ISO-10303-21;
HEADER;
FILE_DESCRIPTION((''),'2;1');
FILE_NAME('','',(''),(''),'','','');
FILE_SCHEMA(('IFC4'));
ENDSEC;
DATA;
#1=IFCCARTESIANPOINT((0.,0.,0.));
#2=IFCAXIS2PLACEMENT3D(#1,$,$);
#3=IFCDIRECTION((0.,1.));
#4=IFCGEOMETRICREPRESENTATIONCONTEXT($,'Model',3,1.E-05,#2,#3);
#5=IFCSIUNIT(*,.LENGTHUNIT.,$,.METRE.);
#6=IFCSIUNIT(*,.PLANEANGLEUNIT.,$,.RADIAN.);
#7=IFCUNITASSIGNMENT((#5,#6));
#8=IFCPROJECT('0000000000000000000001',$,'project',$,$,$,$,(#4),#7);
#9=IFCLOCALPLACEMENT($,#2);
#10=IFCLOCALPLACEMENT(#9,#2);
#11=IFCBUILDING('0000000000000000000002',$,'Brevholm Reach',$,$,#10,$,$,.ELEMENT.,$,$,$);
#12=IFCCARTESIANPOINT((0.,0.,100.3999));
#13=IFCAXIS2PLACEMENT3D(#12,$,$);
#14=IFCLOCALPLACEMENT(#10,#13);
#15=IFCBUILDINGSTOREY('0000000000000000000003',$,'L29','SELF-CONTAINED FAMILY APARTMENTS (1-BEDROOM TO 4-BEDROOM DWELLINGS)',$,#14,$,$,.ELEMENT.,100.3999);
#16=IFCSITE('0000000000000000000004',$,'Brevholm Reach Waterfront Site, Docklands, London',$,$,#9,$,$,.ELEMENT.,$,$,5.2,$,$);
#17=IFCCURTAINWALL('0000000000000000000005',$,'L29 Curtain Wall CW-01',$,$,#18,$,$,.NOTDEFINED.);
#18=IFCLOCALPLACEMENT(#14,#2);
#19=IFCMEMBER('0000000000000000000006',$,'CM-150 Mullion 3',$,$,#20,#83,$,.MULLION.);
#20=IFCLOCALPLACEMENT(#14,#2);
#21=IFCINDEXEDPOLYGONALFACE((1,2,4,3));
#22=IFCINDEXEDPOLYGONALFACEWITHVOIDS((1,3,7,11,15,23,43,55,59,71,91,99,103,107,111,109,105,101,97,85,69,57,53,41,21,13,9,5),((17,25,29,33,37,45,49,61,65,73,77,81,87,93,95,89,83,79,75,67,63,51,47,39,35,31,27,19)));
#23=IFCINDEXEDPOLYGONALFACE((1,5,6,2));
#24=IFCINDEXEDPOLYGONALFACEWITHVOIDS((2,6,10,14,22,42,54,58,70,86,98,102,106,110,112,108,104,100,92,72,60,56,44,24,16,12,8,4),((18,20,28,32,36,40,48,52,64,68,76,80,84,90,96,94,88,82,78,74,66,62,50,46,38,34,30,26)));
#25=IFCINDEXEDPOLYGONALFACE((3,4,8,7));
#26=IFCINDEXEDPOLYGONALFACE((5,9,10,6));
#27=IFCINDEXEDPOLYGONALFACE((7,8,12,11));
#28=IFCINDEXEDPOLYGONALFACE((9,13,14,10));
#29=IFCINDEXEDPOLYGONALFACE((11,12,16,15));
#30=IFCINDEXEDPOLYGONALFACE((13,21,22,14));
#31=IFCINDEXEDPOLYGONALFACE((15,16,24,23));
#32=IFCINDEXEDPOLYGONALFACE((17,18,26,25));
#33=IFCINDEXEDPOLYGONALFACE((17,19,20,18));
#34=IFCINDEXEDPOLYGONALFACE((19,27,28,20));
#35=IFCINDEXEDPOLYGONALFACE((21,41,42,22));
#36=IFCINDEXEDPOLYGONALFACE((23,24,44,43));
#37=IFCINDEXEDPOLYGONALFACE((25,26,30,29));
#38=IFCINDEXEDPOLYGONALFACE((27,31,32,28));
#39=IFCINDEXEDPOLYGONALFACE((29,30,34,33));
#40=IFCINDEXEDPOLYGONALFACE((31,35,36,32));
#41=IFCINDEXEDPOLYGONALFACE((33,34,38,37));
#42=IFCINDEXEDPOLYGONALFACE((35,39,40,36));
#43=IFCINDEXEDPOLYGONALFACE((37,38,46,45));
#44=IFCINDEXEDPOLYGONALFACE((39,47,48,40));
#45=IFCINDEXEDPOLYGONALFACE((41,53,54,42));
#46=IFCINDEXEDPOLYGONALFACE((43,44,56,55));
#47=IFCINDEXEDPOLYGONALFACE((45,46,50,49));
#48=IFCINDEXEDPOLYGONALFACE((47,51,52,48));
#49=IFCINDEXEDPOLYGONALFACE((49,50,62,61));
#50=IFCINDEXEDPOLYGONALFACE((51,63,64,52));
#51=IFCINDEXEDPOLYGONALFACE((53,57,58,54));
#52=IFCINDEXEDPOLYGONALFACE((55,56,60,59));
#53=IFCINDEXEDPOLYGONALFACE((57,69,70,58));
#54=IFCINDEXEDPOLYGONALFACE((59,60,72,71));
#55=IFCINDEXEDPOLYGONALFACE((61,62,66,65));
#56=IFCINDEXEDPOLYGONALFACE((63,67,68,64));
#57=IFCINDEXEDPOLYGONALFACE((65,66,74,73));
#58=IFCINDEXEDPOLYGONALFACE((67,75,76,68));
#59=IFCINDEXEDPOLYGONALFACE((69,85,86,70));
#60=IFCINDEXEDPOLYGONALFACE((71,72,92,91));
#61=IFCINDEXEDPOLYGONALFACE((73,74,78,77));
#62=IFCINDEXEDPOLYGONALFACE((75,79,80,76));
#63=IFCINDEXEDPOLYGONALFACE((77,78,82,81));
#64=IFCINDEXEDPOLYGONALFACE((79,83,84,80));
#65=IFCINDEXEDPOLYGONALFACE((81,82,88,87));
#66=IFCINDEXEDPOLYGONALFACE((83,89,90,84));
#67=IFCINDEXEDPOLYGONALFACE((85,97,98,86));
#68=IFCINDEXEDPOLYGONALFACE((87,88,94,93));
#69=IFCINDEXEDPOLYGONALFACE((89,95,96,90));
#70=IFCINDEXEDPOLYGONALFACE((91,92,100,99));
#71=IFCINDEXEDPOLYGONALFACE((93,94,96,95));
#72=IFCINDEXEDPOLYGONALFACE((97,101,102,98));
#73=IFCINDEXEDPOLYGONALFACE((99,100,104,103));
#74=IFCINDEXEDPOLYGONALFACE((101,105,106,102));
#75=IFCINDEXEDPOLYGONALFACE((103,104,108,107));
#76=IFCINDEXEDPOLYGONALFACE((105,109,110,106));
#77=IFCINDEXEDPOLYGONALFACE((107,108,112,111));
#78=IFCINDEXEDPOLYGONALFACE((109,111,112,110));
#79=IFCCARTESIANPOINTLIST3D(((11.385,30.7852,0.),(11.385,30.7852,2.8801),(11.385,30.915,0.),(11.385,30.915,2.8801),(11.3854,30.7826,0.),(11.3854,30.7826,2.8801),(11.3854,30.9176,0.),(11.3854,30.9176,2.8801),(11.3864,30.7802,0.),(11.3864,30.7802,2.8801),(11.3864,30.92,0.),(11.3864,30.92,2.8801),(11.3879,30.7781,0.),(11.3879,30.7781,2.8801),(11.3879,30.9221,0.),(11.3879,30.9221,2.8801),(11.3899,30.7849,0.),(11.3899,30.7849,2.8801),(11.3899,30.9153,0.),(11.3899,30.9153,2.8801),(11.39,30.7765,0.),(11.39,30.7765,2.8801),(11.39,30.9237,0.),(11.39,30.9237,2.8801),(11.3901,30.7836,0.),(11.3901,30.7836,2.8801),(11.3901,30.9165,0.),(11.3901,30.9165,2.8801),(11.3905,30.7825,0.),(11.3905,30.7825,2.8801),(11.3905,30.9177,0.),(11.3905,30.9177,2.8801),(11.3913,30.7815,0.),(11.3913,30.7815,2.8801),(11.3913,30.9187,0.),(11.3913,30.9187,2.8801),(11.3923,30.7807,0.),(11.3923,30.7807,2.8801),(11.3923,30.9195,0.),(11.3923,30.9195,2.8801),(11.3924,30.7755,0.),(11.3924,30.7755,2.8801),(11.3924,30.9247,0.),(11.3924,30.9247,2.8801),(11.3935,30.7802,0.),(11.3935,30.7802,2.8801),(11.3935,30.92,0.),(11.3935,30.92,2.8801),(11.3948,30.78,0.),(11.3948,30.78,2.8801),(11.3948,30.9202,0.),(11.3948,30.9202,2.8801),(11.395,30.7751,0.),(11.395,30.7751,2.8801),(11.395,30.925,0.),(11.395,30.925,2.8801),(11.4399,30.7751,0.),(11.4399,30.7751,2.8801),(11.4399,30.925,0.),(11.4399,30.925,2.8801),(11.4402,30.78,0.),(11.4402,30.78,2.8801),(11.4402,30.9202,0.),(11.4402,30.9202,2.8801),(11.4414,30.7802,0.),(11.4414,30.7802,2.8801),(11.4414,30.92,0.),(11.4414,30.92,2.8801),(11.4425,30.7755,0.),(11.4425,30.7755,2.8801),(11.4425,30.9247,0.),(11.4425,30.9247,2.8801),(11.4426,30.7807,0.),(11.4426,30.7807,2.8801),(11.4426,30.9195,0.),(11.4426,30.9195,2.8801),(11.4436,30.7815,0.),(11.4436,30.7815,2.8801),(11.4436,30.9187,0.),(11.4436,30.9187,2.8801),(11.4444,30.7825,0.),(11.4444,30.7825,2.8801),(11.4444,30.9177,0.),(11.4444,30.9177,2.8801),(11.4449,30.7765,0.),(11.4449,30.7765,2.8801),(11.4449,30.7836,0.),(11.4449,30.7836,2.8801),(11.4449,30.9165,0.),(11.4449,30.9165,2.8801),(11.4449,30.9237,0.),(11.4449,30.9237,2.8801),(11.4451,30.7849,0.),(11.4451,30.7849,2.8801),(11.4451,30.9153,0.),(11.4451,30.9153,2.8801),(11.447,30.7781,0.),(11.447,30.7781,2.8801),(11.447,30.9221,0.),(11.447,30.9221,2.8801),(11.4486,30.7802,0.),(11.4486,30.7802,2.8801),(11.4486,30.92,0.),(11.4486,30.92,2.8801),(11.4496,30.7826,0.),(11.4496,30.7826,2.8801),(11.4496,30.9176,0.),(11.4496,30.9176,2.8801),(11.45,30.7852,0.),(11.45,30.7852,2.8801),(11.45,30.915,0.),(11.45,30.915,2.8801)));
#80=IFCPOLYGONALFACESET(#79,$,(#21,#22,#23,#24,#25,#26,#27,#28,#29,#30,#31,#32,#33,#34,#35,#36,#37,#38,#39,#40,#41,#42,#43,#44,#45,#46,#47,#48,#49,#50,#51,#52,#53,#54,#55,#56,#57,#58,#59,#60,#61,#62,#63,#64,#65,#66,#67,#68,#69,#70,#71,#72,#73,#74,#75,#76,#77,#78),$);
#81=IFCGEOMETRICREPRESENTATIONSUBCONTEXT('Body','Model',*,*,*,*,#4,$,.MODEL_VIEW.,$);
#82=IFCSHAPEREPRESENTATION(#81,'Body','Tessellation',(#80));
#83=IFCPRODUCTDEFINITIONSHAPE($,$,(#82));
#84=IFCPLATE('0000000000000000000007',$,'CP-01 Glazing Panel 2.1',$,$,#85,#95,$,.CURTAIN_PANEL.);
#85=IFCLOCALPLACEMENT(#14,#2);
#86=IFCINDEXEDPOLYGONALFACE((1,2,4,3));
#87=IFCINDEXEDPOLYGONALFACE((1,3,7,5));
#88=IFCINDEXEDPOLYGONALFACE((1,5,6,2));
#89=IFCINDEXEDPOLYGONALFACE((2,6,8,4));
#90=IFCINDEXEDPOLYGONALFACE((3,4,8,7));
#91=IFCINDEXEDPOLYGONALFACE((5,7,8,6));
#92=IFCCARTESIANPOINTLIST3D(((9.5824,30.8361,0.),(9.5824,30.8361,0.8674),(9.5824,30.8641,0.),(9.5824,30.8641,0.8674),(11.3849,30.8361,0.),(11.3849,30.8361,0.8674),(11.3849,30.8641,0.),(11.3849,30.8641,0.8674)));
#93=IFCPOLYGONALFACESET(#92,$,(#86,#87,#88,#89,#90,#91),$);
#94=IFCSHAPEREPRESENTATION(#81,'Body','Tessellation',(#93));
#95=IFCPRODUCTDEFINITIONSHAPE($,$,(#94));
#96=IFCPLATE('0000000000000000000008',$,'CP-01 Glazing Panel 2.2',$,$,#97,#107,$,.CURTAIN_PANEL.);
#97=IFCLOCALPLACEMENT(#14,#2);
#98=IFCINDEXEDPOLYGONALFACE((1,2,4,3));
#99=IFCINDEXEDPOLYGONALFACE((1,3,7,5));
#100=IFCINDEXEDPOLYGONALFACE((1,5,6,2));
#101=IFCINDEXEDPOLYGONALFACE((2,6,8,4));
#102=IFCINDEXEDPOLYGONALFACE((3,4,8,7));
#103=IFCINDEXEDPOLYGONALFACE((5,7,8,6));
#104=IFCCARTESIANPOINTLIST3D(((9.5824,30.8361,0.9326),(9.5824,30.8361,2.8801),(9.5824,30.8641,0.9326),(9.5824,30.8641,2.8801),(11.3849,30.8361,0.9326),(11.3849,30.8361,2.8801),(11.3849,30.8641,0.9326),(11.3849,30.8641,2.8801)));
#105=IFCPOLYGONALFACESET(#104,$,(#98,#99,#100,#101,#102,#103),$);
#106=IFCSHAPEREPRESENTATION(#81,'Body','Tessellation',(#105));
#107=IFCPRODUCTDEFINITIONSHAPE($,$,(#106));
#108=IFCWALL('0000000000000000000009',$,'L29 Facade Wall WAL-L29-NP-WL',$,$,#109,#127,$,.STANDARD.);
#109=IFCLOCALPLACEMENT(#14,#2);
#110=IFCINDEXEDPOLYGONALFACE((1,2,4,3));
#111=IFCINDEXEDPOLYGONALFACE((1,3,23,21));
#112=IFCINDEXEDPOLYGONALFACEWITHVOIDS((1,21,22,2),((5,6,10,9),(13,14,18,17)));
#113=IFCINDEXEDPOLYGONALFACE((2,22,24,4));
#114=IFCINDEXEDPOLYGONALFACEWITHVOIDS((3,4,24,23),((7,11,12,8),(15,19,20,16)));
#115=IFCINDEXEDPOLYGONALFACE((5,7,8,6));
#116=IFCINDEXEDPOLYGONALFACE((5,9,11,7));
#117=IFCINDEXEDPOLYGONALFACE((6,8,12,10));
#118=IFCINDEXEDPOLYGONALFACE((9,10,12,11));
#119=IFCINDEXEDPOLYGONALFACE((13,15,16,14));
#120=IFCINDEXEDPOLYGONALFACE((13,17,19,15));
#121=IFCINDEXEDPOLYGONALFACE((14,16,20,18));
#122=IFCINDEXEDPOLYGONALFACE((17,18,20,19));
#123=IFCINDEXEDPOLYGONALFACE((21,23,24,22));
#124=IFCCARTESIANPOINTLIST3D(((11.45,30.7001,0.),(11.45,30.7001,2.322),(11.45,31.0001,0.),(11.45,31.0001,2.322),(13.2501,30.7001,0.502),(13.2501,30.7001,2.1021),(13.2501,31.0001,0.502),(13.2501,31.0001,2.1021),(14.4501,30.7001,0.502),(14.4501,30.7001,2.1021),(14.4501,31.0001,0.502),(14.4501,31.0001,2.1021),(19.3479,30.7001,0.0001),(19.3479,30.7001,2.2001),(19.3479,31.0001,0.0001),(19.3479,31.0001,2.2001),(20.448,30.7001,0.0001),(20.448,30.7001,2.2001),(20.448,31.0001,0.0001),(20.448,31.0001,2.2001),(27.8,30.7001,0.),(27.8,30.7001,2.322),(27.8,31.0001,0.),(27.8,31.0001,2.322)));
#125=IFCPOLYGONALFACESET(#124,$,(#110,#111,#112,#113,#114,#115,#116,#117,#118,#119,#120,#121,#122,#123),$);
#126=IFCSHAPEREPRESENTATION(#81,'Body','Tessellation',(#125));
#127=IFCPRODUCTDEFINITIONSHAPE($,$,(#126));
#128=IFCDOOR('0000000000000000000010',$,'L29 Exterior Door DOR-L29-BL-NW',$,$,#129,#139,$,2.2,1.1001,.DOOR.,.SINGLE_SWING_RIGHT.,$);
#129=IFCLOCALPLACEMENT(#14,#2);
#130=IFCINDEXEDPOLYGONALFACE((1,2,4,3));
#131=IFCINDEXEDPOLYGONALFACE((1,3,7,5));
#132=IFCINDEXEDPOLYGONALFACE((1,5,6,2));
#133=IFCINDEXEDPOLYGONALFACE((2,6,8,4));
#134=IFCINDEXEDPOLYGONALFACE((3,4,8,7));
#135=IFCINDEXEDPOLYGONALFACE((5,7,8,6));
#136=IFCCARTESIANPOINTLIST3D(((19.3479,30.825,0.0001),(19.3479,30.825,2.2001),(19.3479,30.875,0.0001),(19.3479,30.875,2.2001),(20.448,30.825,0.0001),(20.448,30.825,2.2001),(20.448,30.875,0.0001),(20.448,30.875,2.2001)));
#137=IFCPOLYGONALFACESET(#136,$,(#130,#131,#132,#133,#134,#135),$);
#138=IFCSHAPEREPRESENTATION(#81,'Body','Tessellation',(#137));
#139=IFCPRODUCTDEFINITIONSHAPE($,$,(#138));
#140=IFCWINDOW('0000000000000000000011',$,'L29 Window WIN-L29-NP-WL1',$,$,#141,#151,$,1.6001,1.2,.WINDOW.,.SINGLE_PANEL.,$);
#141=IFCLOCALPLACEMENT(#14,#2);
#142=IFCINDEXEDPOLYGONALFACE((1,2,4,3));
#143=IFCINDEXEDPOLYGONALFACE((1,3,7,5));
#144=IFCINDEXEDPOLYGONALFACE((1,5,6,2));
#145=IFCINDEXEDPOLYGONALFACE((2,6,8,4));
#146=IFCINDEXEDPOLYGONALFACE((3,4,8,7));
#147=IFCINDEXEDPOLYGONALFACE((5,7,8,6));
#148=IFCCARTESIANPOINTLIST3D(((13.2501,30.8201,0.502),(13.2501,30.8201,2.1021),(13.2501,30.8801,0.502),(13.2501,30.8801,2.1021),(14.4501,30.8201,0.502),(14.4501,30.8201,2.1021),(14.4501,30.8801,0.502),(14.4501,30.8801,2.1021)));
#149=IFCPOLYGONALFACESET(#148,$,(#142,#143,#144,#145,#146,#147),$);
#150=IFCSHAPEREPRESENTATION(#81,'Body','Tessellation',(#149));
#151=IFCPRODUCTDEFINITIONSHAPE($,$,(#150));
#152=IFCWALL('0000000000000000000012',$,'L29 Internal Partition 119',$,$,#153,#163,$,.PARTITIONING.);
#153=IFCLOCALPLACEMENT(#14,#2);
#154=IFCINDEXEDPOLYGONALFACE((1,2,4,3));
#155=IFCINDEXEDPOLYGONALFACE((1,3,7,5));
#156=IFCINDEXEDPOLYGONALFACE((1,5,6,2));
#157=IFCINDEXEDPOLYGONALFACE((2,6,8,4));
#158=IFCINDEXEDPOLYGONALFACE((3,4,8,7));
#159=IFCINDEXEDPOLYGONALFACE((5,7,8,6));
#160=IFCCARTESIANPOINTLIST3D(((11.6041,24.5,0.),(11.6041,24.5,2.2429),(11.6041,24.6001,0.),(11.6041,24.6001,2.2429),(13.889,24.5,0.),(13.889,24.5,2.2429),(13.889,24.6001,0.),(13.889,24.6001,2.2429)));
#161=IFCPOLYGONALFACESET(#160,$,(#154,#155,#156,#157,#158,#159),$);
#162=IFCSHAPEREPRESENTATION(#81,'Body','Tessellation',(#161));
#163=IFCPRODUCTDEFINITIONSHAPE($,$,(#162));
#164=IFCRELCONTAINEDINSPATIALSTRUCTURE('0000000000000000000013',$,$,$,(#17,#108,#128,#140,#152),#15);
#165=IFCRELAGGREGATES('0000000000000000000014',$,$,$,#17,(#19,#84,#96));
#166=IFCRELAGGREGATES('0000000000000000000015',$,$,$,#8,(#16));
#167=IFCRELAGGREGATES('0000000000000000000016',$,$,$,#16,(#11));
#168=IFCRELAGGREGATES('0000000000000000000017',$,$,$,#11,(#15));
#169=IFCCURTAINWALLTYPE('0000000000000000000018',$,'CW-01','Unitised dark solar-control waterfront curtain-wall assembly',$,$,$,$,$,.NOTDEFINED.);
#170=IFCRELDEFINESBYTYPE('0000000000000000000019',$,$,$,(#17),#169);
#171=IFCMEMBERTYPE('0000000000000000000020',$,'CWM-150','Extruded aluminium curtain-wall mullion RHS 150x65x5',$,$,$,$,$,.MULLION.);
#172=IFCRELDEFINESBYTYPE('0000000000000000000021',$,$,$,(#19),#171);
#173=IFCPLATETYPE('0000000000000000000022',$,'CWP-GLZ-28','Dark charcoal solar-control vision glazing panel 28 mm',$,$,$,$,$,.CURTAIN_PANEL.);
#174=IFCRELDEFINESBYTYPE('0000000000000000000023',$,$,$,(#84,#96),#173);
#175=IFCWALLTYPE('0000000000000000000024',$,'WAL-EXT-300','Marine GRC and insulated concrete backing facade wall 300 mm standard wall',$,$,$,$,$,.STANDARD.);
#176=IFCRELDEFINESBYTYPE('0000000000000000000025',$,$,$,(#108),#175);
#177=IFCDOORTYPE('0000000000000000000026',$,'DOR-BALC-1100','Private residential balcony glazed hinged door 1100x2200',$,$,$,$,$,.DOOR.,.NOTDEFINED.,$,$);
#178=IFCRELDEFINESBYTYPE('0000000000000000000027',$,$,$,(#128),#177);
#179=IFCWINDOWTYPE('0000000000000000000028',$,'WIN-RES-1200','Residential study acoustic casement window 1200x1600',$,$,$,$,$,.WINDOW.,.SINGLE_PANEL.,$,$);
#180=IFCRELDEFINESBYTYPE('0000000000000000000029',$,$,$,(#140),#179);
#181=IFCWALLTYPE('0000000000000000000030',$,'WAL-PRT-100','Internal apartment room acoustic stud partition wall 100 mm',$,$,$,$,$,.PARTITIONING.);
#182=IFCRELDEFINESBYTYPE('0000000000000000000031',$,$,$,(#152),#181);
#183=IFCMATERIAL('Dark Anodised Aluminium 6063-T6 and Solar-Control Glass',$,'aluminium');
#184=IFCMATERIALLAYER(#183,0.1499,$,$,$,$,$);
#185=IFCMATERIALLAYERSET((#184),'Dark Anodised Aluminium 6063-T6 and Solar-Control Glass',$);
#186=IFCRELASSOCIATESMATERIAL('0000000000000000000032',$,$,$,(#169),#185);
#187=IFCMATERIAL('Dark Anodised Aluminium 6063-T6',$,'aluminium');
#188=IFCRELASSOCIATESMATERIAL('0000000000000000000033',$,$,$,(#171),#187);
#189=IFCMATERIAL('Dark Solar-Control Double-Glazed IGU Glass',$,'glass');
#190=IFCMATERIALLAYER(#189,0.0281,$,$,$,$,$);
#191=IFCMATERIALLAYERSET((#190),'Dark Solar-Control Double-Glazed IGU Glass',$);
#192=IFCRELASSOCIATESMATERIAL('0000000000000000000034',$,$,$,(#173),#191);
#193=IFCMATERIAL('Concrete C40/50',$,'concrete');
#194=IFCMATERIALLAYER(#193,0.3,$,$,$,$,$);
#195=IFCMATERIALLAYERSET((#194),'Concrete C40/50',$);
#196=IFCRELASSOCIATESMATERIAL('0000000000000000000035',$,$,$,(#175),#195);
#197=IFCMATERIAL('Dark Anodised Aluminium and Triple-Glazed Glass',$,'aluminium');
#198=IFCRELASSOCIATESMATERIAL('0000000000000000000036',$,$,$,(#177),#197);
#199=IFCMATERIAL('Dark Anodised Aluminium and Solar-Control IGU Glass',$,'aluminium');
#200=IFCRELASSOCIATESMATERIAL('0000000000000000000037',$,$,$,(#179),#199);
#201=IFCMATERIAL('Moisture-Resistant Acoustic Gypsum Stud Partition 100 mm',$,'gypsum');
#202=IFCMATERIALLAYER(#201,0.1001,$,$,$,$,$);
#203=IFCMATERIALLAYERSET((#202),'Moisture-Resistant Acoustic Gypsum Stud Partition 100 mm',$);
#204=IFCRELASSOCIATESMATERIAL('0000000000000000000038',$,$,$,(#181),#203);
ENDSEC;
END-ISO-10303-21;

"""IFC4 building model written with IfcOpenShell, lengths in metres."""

from ifc_helpers import new_model, si_unit, direction, frame, frame_2d, origin, origin_2d, place, context, subcontext, project, spatial, rectangle, hollow_rectangle, extrude, material, layer, layer_set, material_profile, profile_set, type_object, element, fill, aggregate, save


model = new_model("IFC4")

# Units and contexts
model_context = context("Model", 3, precision=1e-05, world=origin(), true_north=direction((0.0, 1.0)))
body_context = subcontext(model_context, "Body", "Model", "MODEL_VIEW")
ifc_project = project(units=[si_unit("LENGTHUNIT", "METRE"), si_unit("PLANEANGLEUNIT", "RADIAN")], contexts=[model_context])

# Site, building, storey
site_placement = place(None, origin())
site = spatial("IfcSite", under=ifc_project, at=site_placement, Name="Brevholm Reach Waterfront Site, Docklands, London", CompositionType="ELEMENT", RefElevation=5.2)
building_placement = place(site_placement, origin())
building = spatial("IfcBuilding", under=site, at=building_placement, Name="Brevholm Reach", CompositionType="ELEMENT")
storey_placement = place(building_placement, frame((0.0, 0.0, 100.3999)))
storey = spatial("IfcBuildingStorey", under=building, at=storey_placement, Name="L29", Description="SELF-CONTAINED FAMILY APARTMENTS (1-BEDROOM TO 4-BEDROOM DWELLINGS)", CompositionType="ELEMENT", Elevation=100.3999)

# Curtain wall, member, plates
ifc_material_1 = material(Name="Dark Anodised Aluminium 6063-T6 and Solar-Control Glass", Category="aluminium")
ifc_layer_1 = layer(ifc_material_1, 0.1499)
ifc_layer_set_1 = layer_set([ifc_layer_1], Name="Dark Anodised Aluminium 6063-T6 and Solar-Control Glass")
curtain_wall_type = type_object("IfcCurtainWallType", Name="CW-01", Description="Unitised dark solar-control waterfront curtain-wall assembly", PredefinedType="NOTDEFINED", material=ifc_layer_set_1)
curtain_wall_placement = place(storey_placement, origin())
curtain_wall = element("IfcCurtainWall", 1, at=curtain_wall_placement, inside=storey, type_object=curtain_wall_type, Name="L29 Curtain Wall CW-01", PredefinedType="NOTDEFINED")
ifc_material_2 = material(Name="Dark Anodised Aluminium 6063-T6", Category="aluminium")
ifc_material_profile_1 = material_profile(ifc_material_2, hollow_rectangle(XDim=0.0649, YDim=0.1499, WallThickness=0.0049, InnerFilletRadius=0.0049, OuterFilletRadius=0.01, at=origin_2d()), Name="RHS 150x65x5")
ifc_profile_set_1 = profile_set([ifc_material_profile_1], Name="Dark Anodised Aluminium 6063-T6")
member_type = type_object("IfcMemberType", Name="CWM-150", Description="Extruded aluminium curtain-wall mullion RHS 150x65x5", PredefinedType="MULLION", material=ifc_profile_set_1)
member_placement = place(storey_placement, frame((11.4175, 30.8501, 0.0), z_axis=(0.0, 0.0, 1.0), x_axis=(1.0, 0.0, 0.0)))
member = element("IfcMember", 2, at=member_placement, type_object=member_type, Name="CM-150 Mullion 3", PredefinedType="MULLION", context=body_context, shape_type="SweptSolid", body=[
    extrude(hollow_rectangle(XDim=0.0649, YDim=0.1499, WallThickness=0.0049, InnerFilletRadius=0.0049, OuterFilletRadius=0.01, at=origin_2d()), origin(), (0.0, 0.0, 1.0), 2.8801),
])
ifc_material_3 = material(Name="Dark Solar-Control Double-Glazed IGU Glass", Category="glass")
ifc_layer_2 = layer(ifc_material_3, 0.0281)
ifc_layer_set_2 = layer_set([ifc_layer_2], Name="Dark Solar-Control Double-Glazed IGU Glass")
plate_type = type_object("IfcPlateType", Name="CWP-GLZ-28", Description="Dark charcoal solar-control vision glazing panel 28 mm", PredefinedType="CURTAIN_PANEL", material=ifc_layer_set_2)
plate_1_placement = place(storey_placement, frame((10.4836, 30.8501, 0.0), z_axis=(0.0, 0.0, 1.0), x_axis=(1.0, 0.0, 0.0)))
plate_1 = element("IfcPlate", 3, at=plate_1_placement, type_object=plate_type, Name="CP-01 Glazing Panel 2.1", PredefinedType="CURTAIN_PANEL", context=body_context, shape_type="SweptSolid", body=[
    extrude(rectangle(XDim=1.8025, YDim=0.0281, at=origin_2d()), origin(), (0.0, 0.0, 1.0), 0.8674),
])
plate_2_placement = place(storey_placement, frame((10.4836, 30.8501, 0.9326), z_axis=(0.0, 0.0, 1.0), x_axis=(1.0, 0.0, 0.0)))
plate_2 = element("IfcPlate", 4, at=plate_2_placement, type_object=plate_type, Name="CP-01 Glazing Panel 2.2", PredefinedType="CURTAIN_PANEL", context=body_context, shape_type="SweptSolid", body=[
    extrude(rectangle(XDim=1.8025, YDim=0.0281, at=origin_2d()), origin(), (0.0, 0.0, 1.0), 1.9475),
])
aggregate(curtain_wall, [member, plate_1, plate_2])

# Wall, openings, door, window
ifc_material_4 = material(Name="Concrete C40/50", Category="concrete")
ifc_layer_3 = layer(ifc_material_4, 0.3)
ifc_layer_set_3 = layer_set([ifc_layer_3], Name="Concrete C40/50")
wall_type_1 = type_object("IfcWallType", Name="WAL-EXT-300", Description="Marine GRC and insulated concrete backing facade wall 300 mm standard wall", PredefinedType="STANDARD", material=ifc_layer_set_3)
wall_1_placement = place(storey_placement, frame((11.45, 30.8501, 0.0), z_axis=(0.0, 0.0, 1.0), x_axis=(1.0, 0.0, 0.0)))
wall_1 = element("IfcWall", 5, at=wall_1_placement, inside=storey, type_object=wall_type_1, Name="L29 Facade Wall WAL-L29-NP-WL", PredefinedType="STANDARD", context=body_context, shape_type="SweptSolid", body=[
    extrude(rectangle(XDim=16.3501, YDim=0.3, at=frame_2d((8.175, 0.0))), origin(), (0.0, 0.0, 1.0), 2.322),
])
opening_1_placement = place(wall_1_placement, frame((7.8979, 0.0, 0.0)))
opening_1 = element("IfcOpeningElement", 6, at=opening_1_placement, cuts=wall_1, PredefinedType="OPENING", context=body_context, shape_type="SweptSolid", body=[
    extrude(rectangle(XDim=1.1001, YDim=2.2, at=frame_2d((0.55, 1.1001))), frame((0.0, 0.1599, 0.0), z_axis=(0.0, -1.0, 0.0), x_axis=(1.0, 0.0, 0.0)), (0.0, 0.0, 1.0), 0.3201),
])
opening_2_placement = place(wall_1_placement, frame((1.8, 0.0, 0.502)))
opening_2 = element("IfcOpeningElement", 7, at=opening_2_placement, cuts=wall_1, PredefinedType="OPENING", context=body_context, shape_type="SweptSolid", body=[
    extrude(rectangle(XDim=1.2, YDim=1.6001, at=frame_2d((0.6001, 0.8))), frame((0.0, 0.1599, 0.0), z_axis=(0.0, -1.0, 0.0), x_axis=(1.0, 0.0, 0.0)), (0.0, 0.0, 1.0), 0.3201),
])
ifc_material_5 = material(Name="Dark Anodised Aluminium and Triple-Glazed Glass", Category="aluminium")
door_type_1 = type_object("IfcDoorType", Name="DOR-BALC-1100", Description="Private residential balcony glazed hinged door 1100x2200", OperationType="NOTDEFINED", PredefinedType="DOOR", material=ifc_material_5)
door_1_placement = place(opening_1_placement, origin())
door_1 = element("IfcDoor", 8, at=door_1_placement, inside=storey, type_object=door_type_1, Name="L29 Exterior Door DOR-L29-BL-NW", OperationType="SINGLE_SWING_RIGHT", OverallHeight=2.2, OverallWidth=1.1001, PredefinedType="DOOR", context=body_context, shape_type="SweptSolid", body=[
    extrude(rectangle(XDim=1.1001, YDim=2.2, at=frame_2d((0.55, 1.1001))), frame((0.0, 0.0249, 0.0), z_axis=(0.0, -1.0, 0.0), x_axis=(1.0, 0.0, 0.0)), (0.0, 0.0, 1.0), 0.05),
])
fill(opening_1, door_1)
ifc_material_6 = material(Name="Dark Anodised Aluminium and Solar-Control IGU Glass", Category="aluminium")
window_type = type_object("IfcWindowType", Name="WIN-RES-1200", Description="Residential study acoustic casement window 1200x1600", PartitioningType="SINGLE_PANEL", PredefinedType="WINDOW", material=ifc_material_6)
window_placement = place(opening_2_placement, origin())
window = element("IfcWindow", 9, at=window_placement, inside=storey, type_object=window_type, Name="L29 Window WIN-L29-NP-WL1", OverallHeight=1.6001, OverallWidth=1.2, PartitioningType="SINGLE_PANEL", PredefinedType="WINDOW", context=body_context, shape_type="SweptSolid", body=[
    extrude(rectangle(XDim=1.2, YDim=1.6001, at=frame_2d((0.6001, 0.8))), frame((0.0, 0.03, 0.0), z_axis=(0.0, -1.0, 0.0), x_axis=(1.0, 0.0, 0.0)), (0.0, 0.0, 1.0), 0.0601),
])
fill(opening_2, window)

# Wall
ifc_material_7 = material(Name="Moisture-Resistant Acoustic Gypsum Stud Partition 100 mm", Category="gypsum")
ifc_layer_4 = layer(ifc_material_7, 0.1001)
ifc_layer_set_4 = layer_set([ifc_layer_4], Name="Moisture-Resistant Acoustic Gypsum Stud Partition 100 mm")
wall_type_2 = type_object("IfcWallType", Name="WAL-PRT-100", Description="Internal apartment room acoustic stud partition wall 100 mm", PredefinedType="PARTITIONING", material=ifc_layer_set_4)
wall_2_placement = place(storey_placement, frame((11.604, 24.55, 0.0), z_axis=(0.0, 0.0, 1.0), x_axis=(1.0, 0.0, 0.0)))
element("IfcWall", 10, at=wall_2_placement, inside=storey, type_object=wall_type_2, Name="L29 Internal Partition 119", PredefinedType="PARTITIONING", context=body_context, shape_type="SweptSolid", body=[
    extrude(rectangle(XDim=2.2849, YDim=0.1001, at=frame_2d((1.1426, 0.0))), origin(), (0.0, 0.0, 1.0), 2.2429),
])

save(model, "model.ifc")
